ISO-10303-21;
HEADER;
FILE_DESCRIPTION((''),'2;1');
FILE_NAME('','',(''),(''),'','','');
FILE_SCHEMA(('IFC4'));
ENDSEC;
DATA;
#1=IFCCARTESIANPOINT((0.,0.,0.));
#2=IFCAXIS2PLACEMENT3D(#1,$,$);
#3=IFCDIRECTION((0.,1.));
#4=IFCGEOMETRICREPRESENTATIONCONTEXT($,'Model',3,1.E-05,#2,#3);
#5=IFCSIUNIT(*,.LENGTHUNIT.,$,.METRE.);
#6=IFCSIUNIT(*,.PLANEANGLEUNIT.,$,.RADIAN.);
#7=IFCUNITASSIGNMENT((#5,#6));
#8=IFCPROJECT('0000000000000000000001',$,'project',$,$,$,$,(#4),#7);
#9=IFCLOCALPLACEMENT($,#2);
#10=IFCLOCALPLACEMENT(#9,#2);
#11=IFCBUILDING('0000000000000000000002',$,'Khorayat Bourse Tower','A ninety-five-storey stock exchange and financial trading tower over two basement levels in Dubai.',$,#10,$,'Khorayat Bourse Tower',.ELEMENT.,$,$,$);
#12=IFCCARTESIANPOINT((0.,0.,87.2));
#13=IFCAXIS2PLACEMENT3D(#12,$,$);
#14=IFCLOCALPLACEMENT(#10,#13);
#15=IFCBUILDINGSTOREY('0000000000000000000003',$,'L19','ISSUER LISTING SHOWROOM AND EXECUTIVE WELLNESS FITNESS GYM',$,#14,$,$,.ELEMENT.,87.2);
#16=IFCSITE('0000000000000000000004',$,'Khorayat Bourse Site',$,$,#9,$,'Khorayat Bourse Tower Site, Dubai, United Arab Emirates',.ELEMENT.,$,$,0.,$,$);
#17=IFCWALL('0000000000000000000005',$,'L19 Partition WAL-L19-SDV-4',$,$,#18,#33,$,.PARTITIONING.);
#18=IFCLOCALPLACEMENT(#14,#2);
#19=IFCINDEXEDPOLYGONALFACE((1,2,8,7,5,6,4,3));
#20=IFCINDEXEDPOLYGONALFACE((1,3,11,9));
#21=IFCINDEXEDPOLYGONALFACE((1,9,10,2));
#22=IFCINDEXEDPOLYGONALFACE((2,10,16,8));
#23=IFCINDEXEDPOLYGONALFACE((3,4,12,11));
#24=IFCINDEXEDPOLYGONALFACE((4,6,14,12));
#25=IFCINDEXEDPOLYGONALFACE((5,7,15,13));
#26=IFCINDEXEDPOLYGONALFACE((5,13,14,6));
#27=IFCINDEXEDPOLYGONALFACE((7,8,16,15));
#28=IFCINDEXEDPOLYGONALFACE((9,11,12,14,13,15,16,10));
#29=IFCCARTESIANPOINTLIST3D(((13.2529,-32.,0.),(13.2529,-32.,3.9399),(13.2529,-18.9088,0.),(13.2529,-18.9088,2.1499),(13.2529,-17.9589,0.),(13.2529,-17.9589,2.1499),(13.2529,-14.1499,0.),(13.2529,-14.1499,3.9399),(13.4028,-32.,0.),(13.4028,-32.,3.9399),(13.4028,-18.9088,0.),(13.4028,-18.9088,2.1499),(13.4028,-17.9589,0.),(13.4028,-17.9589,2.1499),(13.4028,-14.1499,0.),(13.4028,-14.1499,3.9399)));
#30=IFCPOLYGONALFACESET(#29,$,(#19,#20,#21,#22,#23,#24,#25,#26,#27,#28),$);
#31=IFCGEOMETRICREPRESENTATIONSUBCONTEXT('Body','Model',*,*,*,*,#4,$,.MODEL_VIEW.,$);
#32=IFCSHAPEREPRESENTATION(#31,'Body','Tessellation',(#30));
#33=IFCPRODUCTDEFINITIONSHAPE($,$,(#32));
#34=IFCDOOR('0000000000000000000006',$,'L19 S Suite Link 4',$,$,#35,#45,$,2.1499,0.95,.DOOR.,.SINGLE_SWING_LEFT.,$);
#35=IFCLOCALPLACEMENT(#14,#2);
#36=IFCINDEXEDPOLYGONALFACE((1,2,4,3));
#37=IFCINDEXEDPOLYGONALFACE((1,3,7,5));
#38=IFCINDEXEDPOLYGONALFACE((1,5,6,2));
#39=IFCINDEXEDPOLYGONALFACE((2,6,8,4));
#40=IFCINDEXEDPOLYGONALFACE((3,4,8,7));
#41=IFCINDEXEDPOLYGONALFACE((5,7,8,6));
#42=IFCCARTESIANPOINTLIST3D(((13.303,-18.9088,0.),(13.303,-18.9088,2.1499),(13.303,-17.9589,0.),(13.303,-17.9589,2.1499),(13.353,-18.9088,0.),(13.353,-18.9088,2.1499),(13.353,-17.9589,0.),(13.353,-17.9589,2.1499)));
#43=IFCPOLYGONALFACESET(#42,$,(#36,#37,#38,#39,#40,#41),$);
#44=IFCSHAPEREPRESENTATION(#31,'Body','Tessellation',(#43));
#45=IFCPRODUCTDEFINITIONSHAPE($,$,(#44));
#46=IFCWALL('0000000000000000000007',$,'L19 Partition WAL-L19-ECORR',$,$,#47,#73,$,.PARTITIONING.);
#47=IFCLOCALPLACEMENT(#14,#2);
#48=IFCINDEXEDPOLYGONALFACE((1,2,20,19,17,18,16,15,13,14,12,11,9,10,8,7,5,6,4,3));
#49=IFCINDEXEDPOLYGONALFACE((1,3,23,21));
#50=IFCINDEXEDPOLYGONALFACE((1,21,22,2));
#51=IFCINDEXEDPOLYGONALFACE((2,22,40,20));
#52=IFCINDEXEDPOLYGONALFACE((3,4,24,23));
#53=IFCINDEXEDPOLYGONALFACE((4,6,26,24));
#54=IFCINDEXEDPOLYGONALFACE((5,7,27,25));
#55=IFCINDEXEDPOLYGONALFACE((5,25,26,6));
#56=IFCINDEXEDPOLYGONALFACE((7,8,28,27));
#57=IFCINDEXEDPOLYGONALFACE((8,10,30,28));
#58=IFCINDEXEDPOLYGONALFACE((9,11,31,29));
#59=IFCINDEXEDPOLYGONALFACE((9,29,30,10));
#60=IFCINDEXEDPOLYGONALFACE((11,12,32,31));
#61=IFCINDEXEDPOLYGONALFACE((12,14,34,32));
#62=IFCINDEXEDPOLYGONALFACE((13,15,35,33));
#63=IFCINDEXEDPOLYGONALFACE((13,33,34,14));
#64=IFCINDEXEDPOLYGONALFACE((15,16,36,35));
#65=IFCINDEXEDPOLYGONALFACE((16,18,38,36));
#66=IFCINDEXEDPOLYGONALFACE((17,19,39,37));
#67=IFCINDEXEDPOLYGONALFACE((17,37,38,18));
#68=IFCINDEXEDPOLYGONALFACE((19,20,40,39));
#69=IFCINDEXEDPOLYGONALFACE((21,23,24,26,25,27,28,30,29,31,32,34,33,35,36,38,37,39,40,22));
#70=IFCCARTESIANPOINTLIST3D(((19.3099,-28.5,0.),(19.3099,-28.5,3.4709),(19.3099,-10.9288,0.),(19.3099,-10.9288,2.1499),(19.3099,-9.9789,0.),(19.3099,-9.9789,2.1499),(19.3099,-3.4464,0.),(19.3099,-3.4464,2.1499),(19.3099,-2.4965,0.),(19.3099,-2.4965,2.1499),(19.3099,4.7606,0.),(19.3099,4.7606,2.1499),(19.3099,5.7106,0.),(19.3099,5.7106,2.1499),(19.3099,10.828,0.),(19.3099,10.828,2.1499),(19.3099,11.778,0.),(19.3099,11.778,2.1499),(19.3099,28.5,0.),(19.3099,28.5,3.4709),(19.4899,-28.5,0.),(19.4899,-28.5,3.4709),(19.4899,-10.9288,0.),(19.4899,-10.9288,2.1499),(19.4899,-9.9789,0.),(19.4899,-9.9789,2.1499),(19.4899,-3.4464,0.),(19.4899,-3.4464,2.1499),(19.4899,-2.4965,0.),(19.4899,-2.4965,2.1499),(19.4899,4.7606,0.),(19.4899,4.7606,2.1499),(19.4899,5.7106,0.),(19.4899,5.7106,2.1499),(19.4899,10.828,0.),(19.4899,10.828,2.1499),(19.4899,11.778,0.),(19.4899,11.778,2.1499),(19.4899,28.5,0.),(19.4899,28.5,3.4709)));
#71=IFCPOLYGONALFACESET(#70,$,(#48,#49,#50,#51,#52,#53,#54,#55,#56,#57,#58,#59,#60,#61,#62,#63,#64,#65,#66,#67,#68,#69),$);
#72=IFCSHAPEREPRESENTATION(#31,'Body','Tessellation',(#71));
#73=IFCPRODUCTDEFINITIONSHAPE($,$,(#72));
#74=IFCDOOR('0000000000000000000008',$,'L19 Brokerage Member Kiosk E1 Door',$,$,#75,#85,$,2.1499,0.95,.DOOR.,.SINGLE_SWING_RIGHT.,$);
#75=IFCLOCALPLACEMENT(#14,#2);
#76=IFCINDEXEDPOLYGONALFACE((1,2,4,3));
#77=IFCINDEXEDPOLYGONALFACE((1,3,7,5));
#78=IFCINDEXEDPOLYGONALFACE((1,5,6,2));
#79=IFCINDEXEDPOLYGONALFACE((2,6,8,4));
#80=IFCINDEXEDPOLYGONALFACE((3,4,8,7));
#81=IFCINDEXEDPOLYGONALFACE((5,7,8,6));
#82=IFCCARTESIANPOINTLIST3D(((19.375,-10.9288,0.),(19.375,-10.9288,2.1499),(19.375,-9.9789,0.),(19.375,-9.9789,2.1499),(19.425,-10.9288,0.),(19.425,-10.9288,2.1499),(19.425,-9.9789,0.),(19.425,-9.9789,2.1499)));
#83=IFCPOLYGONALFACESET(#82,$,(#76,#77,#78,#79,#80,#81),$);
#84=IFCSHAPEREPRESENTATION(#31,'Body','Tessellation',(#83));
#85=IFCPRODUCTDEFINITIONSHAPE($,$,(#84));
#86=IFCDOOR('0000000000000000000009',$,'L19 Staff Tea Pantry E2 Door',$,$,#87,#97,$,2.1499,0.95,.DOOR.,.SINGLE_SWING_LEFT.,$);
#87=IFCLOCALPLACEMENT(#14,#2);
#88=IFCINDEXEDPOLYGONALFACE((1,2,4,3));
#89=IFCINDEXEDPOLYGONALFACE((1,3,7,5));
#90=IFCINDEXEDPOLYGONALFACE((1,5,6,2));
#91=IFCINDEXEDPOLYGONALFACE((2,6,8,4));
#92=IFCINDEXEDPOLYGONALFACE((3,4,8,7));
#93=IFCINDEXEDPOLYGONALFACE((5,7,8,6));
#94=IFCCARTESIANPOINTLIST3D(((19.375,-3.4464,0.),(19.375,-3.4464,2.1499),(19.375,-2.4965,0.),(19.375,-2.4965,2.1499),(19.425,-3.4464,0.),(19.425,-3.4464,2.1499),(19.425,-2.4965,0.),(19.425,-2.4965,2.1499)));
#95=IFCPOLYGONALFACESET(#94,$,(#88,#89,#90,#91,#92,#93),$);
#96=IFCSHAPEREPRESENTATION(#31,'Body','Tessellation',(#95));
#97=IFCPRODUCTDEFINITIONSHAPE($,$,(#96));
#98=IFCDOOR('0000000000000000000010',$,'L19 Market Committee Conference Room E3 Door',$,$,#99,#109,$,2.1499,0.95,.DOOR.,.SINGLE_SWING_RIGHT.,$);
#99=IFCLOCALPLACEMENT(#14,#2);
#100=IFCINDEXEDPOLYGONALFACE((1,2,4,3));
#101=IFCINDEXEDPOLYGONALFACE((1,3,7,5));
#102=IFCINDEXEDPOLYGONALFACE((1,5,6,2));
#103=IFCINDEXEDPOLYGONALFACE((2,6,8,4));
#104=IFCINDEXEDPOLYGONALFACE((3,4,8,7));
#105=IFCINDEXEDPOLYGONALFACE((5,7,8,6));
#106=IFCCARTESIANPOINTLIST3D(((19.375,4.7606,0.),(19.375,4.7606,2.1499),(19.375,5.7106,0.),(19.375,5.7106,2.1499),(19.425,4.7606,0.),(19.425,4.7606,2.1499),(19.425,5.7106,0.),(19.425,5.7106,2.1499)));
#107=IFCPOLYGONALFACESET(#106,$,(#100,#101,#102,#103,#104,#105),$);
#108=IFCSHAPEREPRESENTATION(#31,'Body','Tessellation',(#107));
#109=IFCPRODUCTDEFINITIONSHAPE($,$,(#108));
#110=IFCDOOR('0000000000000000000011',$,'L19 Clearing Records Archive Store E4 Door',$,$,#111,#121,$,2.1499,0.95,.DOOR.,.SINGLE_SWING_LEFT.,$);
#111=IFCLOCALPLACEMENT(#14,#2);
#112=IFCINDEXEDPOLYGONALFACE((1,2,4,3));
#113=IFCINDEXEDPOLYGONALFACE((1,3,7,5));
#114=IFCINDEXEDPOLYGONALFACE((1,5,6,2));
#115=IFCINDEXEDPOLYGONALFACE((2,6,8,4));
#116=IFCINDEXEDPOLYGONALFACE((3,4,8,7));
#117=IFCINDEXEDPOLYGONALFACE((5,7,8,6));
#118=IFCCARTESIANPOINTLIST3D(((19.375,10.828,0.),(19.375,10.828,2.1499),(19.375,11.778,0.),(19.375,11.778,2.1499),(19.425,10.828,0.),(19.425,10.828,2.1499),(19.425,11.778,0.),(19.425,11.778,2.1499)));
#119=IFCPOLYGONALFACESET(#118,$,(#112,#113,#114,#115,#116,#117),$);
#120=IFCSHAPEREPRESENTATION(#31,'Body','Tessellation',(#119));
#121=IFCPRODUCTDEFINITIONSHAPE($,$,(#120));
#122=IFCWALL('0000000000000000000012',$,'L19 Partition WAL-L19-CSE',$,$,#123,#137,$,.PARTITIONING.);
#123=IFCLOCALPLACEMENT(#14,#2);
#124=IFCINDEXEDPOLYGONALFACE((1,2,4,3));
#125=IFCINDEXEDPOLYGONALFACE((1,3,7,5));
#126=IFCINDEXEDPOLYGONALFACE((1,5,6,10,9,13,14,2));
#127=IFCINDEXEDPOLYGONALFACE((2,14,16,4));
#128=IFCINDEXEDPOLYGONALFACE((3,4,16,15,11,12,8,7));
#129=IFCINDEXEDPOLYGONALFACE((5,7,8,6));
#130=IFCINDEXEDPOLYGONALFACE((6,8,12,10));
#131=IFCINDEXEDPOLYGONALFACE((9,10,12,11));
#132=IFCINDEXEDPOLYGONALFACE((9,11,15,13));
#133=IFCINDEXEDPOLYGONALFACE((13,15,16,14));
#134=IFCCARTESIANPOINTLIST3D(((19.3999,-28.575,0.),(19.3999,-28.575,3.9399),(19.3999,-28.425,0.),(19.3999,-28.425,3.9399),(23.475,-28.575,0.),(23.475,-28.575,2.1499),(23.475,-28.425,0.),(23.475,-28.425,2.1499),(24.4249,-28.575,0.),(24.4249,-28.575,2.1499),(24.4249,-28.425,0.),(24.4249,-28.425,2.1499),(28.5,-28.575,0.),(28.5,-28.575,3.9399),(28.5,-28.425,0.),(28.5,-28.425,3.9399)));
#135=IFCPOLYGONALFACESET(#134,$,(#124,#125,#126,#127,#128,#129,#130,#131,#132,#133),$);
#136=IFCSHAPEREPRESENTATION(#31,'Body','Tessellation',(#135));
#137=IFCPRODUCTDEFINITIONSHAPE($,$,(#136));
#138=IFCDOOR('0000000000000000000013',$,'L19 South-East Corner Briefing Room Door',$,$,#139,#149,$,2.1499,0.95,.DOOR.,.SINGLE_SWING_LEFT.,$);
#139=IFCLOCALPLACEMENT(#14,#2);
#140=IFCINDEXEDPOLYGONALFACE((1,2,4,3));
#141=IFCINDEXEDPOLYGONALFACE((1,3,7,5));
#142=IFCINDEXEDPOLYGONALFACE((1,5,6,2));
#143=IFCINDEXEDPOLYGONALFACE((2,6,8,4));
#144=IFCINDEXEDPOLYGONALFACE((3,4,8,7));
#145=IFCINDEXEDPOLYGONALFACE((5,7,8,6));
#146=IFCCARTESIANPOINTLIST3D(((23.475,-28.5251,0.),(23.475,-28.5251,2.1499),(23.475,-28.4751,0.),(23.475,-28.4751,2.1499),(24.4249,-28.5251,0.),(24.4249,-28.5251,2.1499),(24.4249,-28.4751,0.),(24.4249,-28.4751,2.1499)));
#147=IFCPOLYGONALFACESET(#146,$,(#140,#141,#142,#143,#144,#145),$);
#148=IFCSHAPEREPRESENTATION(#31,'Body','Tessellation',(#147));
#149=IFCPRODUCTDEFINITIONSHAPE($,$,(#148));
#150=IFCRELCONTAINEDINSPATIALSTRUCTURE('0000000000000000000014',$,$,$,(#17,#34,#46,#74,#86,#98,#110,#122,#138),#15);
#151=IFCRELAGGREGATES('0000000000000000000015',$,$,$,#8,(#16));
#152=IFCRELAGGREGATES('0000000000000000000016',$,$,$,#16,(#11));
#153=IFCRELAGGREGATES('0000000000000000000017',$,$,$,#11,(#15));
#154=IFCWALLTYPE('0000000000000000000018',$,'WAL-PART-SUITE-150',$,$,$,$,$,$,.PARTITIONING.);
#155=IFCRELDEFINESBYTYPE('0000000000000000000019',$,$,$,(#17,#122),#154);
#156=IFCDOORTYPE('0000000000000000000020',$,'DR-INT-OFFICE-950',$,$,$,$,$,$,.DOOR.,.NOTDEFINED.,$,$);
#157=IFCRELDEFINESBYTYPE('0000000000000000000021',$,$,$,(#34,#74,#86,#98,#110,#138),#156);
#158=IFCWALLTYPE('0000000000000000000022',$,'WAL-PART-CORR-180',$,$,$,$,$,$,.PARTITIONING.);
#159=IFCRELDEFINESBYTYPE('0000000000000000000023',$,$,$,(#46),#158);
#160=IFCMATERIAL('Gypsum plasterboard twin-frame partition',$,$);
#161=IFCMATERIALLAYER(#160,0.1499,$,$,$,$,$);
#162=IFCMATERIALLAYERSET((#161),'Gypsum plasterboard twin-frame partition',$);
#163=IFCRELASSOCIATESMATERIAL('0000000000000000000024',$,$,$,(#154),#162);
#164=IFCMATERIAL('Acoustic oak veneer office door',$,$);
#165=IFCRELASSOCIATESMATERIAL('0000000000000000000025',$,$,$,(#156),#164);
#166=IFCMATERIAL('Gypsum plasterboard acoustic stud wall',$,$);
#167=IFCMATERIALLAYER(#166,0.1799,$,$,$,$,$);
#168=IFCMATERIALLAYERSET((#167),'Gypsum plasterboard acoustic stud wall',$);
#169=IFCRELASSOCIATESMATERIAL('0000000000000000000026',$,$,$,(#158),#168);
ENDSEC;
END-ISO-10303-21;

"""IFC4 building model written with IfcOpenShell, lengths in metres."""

from ifc_helpers import new_model, si_unit, direction, frame, frame_2d, origin, place, context, subcontext, project, spatial, rectangle, extrude, source, transform, mapped, material, layer, layer_set, type_object, element, fill, save


model = new_model("IFC4")

# Units and contexts
model_context = context("Model", 3, precision=1e-05, world=origin(), true_north=direction((0.0, 1.0)))
body_context = subcontext(model_context, "Body", "Model", "MODEL_VIEW")
ifc_project = project(units=[si_unit("LENGTHUNIT", "METRE"), si_unit("PLANEANGLEUNIT", "RADIAN")], contexts=[model_context])

# Site, building, storey
site_placement = place(None, origin())
site = spatial("IfcSite", under=ifc_project, at=site_placement, Name="Khorayat Bourse Site", LongName="Khorayat Bourse Tower Site, Dubai, United Arab Emirates", CompositionType="ELEMENT", RefElevation=0.0)
building_placement = place(site_placement, origin())
building = spatial("IfcBuilding", under=site, at=building_placement, Name="Khorayat Bourse Tower", Description="A ninety-five-storey stock exchange and financial trading tower over two basement levels in Dubai.", LongName="Khorayat Bourse Tower", CompositionType="ELEMENT")
storey_placement = place(building_placement, frame((0.0, 0.0, 87.2)))
storey = spatial("IfcBuildingStorey", under=building, at=storey_placement, Name="L19", Description="ISSUER LISTING SHOWROOM AND EXECUTIVE WELLNESS FITNESS GYM", CompositionType="ELEMENT", Elevation=87.2)

# Shared definitions
ifc_material_1 = material(Name="Gypsum plasterboard twin-frame partition")
ifc_layer_1 = layer(ifc_material_1, 0.1499)
ifc_layer_set_1 = layer_set([ifc_layer_1], Name="Gypsum plasterboard twin-frame partition")
wall_type_1 = type_object("IfcWallType", Name="WAL-PART-SUITE-150", PredefinedType="PARTITIONING", material=ifc_layer_set_1)

# Wall, opening, door
shared_shape_1 = source(origin(), body_context, "Body", "SweptSolid", [
    extrude(rectangle(XDim=17.8501, YDim=0.1499, at=frame_2d((8.925, 0.0))), origin(), (0.0, 0.0, 1.0), 3.9399),
])
wall_1_placement = place(storey_placement, frame((13.3279, -32.0, 0.0), z_axis=(0.0, 0.0, 1.0), x_axis=(0.0, 1.0, 0.0)))
wall_1 = element("IfcWall", 1, at=wall_1_placement, inside=storey, type_object=wall_type_1, Name="L19 Partition WAL-L19-SDV-4", PredefinedType="PARTITIONING", context=body_context, shape_type="MappedRepresentation", body=[
    mapped(shared_shape_1, transform((0.0, 0.0, 0.0), scale=1.0)),
])
shared_shape_2 = source(origin(), body_context, "Body", "SweptSolid", [
    extrude(rectangle(XDim=0.95, YDim=2.1499, at=frame_2d((0.4751, 1.075))), frame((0.0, 0.085, 0.0), z_axis=(0.0, -1.0, 0.0), x_axis=(1.0, 0.0, 0.0)), (0.0, 0.0, 1.0), 0.1699),
])
opening_1_placement = place(wall_1_placement, frame((13.0911, 0.0, 0.0)))
opening_1 = element("IfcOpeningElement", 2, at=opening_1_placement, cuts=wall_1, PredefinedType="OPENING", context=body_context, shape_type="MappedRepresentation", body=[
    mapped(shared_shape_2, transform((0.0, 0.0, 0.0), scale=1.0)),
])
ifc_material_2 = material(Name="Acoustic oak veneer office door")
door_type = type_object("IfcDoorType", Name="DR-INT-OFFICE-950", OperationType="NOTDEFINED", PredefinedType="DOOR", material=ifc_material_2)
shared_shape_3 = source(origin(), body_context, "Body", "SweptSolid", [
    extrude(rectangle(XDim=0.95, YDim=2.1499, at=frame_2d((0.4751, 1.075))), frame((0.0, 0.0249, 0.0), z_axis=(0.0, -1.0, 0.0), x_axis=(1.0, 0.0, 0.0)), (0.0, 0.0, 1.0), 0.05),
])
door_1_placement = place(opening_1_placement, origin())
door_1 = element("IfcDoor", 3, at=door_1_placement, inside=storey, type_object=door_type, Name="L19 S Suite Link 4", OperationType="SINGLE_SWING_LEFT", OverallHeight=2.1499, OverallWidth=0.95, PredefinedType="DOOR", context=body_context, shape_type="MappedRepresentation", body=[
    mapped(shared_shape_3, transform((0.0, 0.0, 0.0), scale=1.0)),
])
fill(opening_1, door_1)

# Wall, openings, doors
ifc_material_3 = material(Name="Gypsum plasterboard acoustic stud wall")
ifc_layer_2 = layer(ifc_material_3, 0.1799)
ifc_layer_set_2 = layer_set([ifc_layer_2], Name="Gypsum plasterboard acoustic stud wall")
wall_type_2 = type_object("IfcWallType", Name="WAL-PART-CORR-180", PredefinedType="PARTITIONING", material=ifc_layer_set_2)
shared_shape_4 = source(origin(), body_context, "Body", "SweptSolid", [
    extrude(rectangle(XDim=57.0, YDim=0.1799, at=frame_2d((28.5, 0.0))), origin(), (0.0, 0.0, 1.0), 3.4709),
])
wall_2_placement = place(storey_placement, frame((19.3999, -28.5, 0.0), z_axis=(0.0, 0.0, 1.0), x_axis=(0.0, 1.0, 0.0)))
wall_2 = element("IfcWall", 4, at=wall_2_placement, inside=storey, type_object=wall_type_2, Name="L19 Partition WAL-L19-ECORR", PredefinedType="PARTITIONING", context=body_context, shape_type="MappedRepresentation", body=[
    mapped(shared_shape_4, transform((0.0, 0.0, 0.0), scale=1.0)),
])
shared_shape_5 = source(origin(), body_context, "Body", "SweptSolid", [
    extrude(rectangle(XDim=0.95, YDim=2.1499, at=frame_2d((0.4751, 1.075))), frame((0.0, 0.0999, 0.0), z_axis=(0.0, -1.0, 0.0), x_axis=(1.0, 0.0, 0.0)), (0.0, 0.0, 1.0), 0.2),
])
opening_2_placement = place(wall_2_placement, frame((17.571, 0.0, 0.0)))
opening_2 = element("IfcOpeningElement", 5, at=opening_2_placement, cuts=wall_2, PredefinedType="OPENING", context=body_context, shape_type="MappedRepresentation", body=[
    mapped(shared_shape_5, transform((0.0, 0.0, 0.0), scale=1.0)),
])
opening_3_placement = place(wall_2_placement, frame((25.0535, 0.0, 0.0)))
opening_3 = element("IfcOpeningElement", 6, at=opening_3_placement, cuts=wall_2, PredefinedType="OPENING", context=body_context, shape_type="MappedRepresentation", body=[
    mapped(shared_shape_5, transform((0.0, 0.0, 0.0), scale=1.0)),
])
opening_4_placement = place(wall_2_placement, frame((33.2605, 0.0, 0.0)))
opening_4 = element("IfcOpeningElement", 7, at=opening_4_placement, cuts=wall_2, PredefinedType="OPENING", context=body_context, shape_type="MappedRepresentation", body=[
    mapped(shared_shape_5, transform((0.0, 0.0, 0.0), scale=1.0)),
])
opening_5_placement = place(wall_2_placement, frame((39.3279, 0.0, 0.0)))
opening_5 = element("IfcOpeningElement", 8, at=opening_5_placement, cuts=wall_2, PredefinedType="OPENING", context=body_context, shape_type="MappedRepresentation", body=[
    mapped(shared_shape_5, transform((0.0, 0.0, 0.0), scale=1.0)),
])
door_2_placement = place(opening_2_placement, origin())
door_2 = element("IfcDoor", 9, at=door_2_placement, inside=storey, type_object=door_type, Name="L19 Brokerage Member Kiosk E1 Door", OperationType="SINGLE_SWING_RIGHT", OverallHeight=2.1499, OverallWidth=0.95, PredefinedType="DOOR", context=body_context, shape_type="MappedRepresentation", body=[
    mapped(shared_shape_3, transform((0.0, 0.0, 0.0), scale=1.0)),
])
fill(opening_2, door_2)
door_3_placement = place(opening_3_placement, origin())
door_3 = element("IfcDoor", 10, at=door_3_placement, inside=storey, type_object=door_type, Name="L19 Staff Tea Pantry E2 Door", OperationType="SINGLE_SWING_LEFT", OverallHeight=2.1499, OverallWidth=0.95, PredefinedType="DOOR", context=body_context, shape_type="MappedRepresentation", body=[
    mapped(shared_shape_3, transform((0.0, 0.0, 0.0), scale=1.0)),
])
fill(opening_3, door_3)
door_4_placement = place(opening_4_placement, origin())
door_4 = element("IfcDoor", 11, at=door_4_placement, inside=storey, type_object=door_type, Name="L19 Market Committee Conference Room E3 Door", OperationType="SINGLE_SWING_RIGHT", OverallHeight=2.1499, OverallWidth=0.95, PredefinedType="DOOR", context=body_context, shape_type="MappedRepresentation", body=[
    mapped(shared_shape_3, transform((0.0, 0.0, 0.0), scale=1.0)),
])
fill(opening_4, door_4)
door_5_placement = place(opening_5_placement, origin())
door_5 = element("IfcDoor", 12, at=door_5_placement, inside=storey, type_object=door_type, Name="L19 Clearing Records Archive Store E4 Door", OperationType="SINGLE_SWING_LEFT", OverallHeight=2.1499, OverallWidth=0.95, PredefinedType="DOOR", context=body_context, shape_type="MappedRepresentation", body=[
    mapped(shared_shape_3, transform((0.0, 0.0, 0.0), scale=1.0)),
])
fill(opening_5, door_5)

# Wall, opening, door
shared_shape_6 = source(origin(), body_context, "Body", "SweptSolid", [
    extrude(rectangle(XDim=9.1001, YDim=0.1499, at=frame_2d((4.55, 0.0))), origin(), (0.0, 0.0, 1.0), 3.9399),
])
wall_3_placement = place(storey_placement, frame((19.3999, -28.5, 0.0), z_axis=(0.0, 0.0, 1.0), x_axis=(1.0, 0.0, 0.0)))
wall_3 = element("IfcWall", 13, at=wall_3_placement, inside=storey, type_object=wall_type_1, Name="L19 Partition WAL-L19-CSE", PredefinedType="PARTITIONING", context=body_context, shape_type="MappedRepresentation", body=[
    mapped(shared_shape_6, transform((0.0, 0.0, 0.0), scale=1.0)),
])
opening_6_placement = place(wall_3_placement, frame((4.075, 0.0, 0.0)))
opening_6 = element("IfcOpeningElement", 14, at=opening_6_placement, cuts=wall_3, PredefinedType="OPENING", context=body_context, shape_type="MappedRepresentation", body=[
    mapped(shared_shape_2, transform((0.0, 0.0, 0.0), scale=1.0)),
])
door_6_placement = place(opening_6_placement, origin())
door_6 = element("IfcDoor", 15, at=door_6_placement, inside=storey, type_object=door_type, Name="L19 South-East Corner Briefing Room Door", OperationType="SINGLE_SWING_LEFT", OverallHeight=2.1499, OverallWidth=0.95, PredefinedType="DOOR", context=body_context, shape_type="MappedRepresentation", body=[
    mapped(shared_shape_3, transform((0.0, 0.0, 0.0), scale=1.0)),
])
fill(opening_6, door_6)

save(model, "model.ifc")
